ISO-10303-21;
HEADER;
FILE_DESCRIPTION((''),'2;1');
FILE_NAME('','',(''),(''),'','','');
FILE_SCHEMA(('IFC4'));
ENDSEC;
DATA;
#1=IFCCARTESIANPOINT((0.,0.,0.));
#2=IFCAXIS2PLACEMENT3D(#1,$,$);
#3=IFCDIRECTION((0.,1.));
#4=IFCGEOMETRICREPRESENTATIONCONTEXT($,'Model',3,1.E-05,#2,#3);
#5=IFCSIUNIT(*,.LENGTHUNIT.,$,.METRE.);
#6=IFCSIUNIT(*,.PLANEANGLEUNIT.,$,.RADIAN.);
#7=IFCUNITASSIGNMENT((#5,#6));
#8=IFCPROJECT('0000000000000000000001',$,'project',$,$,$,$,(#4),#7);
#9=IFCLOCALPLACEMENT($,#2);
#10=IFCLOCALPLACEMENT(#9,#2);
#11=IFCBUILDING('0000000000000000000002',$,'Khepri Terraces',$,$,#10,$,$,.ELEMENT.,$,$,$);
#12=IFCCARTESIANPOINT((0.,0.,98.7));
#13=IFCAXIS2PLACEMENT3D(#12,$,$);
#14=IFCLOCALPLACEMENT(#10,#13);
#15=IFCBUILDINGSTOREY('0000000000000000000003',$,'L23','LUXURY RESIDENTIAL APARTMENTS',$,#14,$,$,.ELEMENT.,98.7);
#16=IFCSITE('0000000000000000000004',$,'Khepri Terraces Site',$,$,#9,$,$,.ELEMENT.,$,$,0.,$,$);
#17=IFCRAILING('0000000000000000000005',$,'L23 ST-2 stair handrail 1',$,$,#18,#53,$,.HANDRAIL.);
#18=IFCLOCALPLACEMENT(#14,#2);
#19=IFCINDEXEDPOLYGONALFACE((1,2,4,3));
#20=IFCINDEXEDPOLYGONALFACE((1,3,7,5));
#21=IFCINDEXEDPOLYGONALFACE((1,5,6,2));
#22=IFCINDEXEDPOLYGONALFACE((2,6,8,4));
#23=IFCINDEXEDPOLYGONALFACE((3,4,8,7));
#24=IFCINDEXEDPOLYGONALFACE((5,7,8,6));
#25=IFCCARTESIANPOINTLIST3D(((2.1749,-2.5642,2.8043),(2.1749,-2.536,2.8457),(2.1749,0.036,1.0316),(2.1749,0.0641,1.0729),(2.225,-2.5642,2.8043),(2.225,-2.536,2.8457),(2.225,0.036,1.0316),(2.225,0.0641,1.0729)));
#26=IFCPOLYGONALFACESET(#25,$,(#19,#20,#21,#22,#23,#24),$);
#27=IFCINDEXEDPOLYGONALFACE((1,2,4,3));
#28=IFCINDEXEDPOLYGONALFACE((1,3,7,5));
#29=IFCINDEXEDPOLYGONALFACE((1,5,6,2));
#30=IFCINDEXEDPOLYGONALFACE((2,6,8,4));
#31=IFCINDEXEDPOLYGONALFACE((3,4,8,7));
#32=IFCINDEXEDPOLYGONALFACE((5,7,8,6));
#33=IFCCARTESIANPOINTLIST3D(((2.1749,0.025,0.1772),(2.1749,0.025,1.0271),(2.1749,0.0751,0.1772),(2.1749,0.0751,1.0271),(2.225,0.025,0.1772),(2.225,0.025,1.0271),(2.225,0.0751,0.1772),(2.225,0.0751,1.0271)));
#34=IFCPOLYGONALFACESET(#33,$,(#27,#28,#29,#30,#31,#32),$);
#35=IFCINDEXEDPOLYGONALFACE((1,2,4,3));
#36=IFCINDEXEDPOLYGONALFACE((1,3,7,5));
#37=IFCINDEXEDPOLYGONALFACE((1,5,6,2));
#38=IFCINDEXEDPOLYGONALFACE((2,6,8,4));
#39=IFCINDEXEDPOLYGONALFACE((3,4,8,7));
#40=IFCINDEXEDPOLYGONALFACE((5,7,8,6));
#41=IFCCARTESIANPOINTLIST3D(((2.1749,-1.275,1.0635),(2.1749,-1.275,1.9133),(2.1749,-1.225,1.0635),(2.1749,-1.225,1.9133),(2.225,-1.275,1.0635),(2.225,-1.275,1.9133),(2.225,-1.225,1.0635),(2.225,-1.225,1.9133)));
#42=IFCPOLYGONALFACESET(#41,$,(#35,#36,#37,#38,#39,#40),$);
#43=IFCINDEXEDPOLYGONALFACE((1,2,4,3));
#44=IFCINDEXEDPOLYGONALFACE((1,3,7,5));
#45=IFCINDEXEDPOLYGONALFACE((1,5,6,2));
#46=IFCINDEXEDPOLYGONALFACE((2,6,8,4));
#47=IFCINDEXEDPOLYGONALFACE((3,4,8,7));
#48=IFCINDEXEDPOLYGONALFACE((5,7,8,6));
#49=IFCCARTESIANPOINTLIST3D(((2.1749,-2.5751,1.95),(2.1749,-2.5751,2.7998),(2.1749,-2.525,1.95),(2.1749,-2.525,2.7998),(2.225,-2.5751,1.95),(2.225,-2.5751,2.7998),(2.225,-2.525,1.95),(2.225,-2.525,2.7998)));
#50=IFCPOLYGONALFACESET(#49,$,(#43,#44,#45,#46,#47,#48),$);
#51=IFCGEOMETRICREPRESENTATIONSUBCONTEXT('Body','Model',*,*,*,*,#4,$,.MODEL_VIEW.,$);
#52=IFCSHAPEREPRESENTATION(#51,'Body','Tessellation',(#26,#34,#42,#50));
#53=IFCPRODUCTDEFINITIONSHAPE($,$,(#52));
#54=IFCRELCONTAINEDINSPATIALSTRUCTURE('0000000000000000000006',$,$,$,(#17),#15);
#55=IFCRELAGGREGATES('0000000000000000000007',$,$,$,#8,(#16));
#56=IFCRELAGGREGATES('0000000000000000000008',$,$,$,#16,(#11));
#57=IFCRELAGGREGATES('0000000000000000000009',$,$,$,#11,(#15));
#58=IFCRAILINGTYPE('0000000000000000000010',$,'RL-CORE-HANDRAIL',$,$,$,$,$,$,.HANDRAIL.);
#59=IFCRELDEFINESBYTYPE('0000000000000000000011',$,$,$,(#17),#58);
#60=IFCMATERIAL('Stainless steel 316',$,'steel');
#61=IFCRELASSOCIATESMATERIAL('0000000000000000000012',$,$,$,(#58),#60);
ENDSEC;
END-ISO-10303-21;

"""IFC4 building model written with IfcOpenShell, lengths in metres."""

from ifc_helpers import new_model, si_unit, direction, frame, origin, origin_2d, place, context, subcontext, project, spatial, rectangle, extrude, material, type_object, element, save


model = new_model("IFC4")

# Units and contexts
model_context = context("Model", 3, precision=1e-05, world=origin(), true_north=direction((0.0, 1.0)))
body_context = subcontext(model_context, "Body", "Model", "MODEL_VIEW")
ifc_project = project(units=[si_unit("LENGTHUNIT", "METRE"), si_unit("PLANEANGLEUNIT", "RADIAN")], contexts=[model_context])

# Site, building, storey
site_placement = place(None, origin())
site = spatial("IfcSite", under=ifc_project, at=site_placement, Name="Khepri Terraces Site", CompositionType="ELEMENT", RefElevation=0.0)
building_placement = place(site_placement, origin())
building = spatial("IfcBuilding", under=site, at=building_placement, Name="Khepri Terraces", CompositionType="ELEMENT")
storey_placement = place(building_placement, frame((0.0, 0.0, 98.7)))
storey = spatial("IfcBuildingStorey", under=building, at=storey_placement, Name="L23", Description="LUXURY RESIDENTIAL APARTMENTS", CompositionType="ELEMENT", Elevation=98.7)

# Railing
ifc_material_1 = material(Name="Stainless steel 316", Category="steel")
railing_type_1 = type_object("IfcRailingType", Name="RL-CORE-HANDRAIL", PredefinedType="HANDRAIL", material=ifc_material_1)
railing_1_placement = place(storey_placement, frame((2.2, 0.05, 0.1772)))
element("IfcRailing", 1, at=railing_1_placement, inside=storey, type_object=railing_type_1, Name="L23 ST-2 stair handrail 1", PredefinedType="HANDRAIL", context=body_context, shape_type="SweptSolid", body=[
    extrude(rectangle(XDim=0.05, YDim=0.05, at=origin_2d()), frame((0.0, 0.0, 0.875), z_axis=(0.0, -0.82624, 0.563318), x_axis=(1.0, 0.0, 0.0)), (0.0, 0.0, 1.0), 3.147),
    extrude(rectangle(XDim=0.05, YDim=0.05, at=origin_2d()), origin(), (0.0, 0.0, 1.0), 0.8499),
    extrude(rectangle(XDim=0.05, YDim=0.05, at=origin_2d()), frame((0.0, -1.3, 0.8862)), (0.0, 0.0, 1.0), 0.8499),
    extrude(rectangle(XDim=0.05, YDim=0.05, at=origin_2d()), frame((0.0, -2.6001, 1.7727)), (0.0, 0.0, 1.0), 0.8499),
])

save(model, "model.ifc")
